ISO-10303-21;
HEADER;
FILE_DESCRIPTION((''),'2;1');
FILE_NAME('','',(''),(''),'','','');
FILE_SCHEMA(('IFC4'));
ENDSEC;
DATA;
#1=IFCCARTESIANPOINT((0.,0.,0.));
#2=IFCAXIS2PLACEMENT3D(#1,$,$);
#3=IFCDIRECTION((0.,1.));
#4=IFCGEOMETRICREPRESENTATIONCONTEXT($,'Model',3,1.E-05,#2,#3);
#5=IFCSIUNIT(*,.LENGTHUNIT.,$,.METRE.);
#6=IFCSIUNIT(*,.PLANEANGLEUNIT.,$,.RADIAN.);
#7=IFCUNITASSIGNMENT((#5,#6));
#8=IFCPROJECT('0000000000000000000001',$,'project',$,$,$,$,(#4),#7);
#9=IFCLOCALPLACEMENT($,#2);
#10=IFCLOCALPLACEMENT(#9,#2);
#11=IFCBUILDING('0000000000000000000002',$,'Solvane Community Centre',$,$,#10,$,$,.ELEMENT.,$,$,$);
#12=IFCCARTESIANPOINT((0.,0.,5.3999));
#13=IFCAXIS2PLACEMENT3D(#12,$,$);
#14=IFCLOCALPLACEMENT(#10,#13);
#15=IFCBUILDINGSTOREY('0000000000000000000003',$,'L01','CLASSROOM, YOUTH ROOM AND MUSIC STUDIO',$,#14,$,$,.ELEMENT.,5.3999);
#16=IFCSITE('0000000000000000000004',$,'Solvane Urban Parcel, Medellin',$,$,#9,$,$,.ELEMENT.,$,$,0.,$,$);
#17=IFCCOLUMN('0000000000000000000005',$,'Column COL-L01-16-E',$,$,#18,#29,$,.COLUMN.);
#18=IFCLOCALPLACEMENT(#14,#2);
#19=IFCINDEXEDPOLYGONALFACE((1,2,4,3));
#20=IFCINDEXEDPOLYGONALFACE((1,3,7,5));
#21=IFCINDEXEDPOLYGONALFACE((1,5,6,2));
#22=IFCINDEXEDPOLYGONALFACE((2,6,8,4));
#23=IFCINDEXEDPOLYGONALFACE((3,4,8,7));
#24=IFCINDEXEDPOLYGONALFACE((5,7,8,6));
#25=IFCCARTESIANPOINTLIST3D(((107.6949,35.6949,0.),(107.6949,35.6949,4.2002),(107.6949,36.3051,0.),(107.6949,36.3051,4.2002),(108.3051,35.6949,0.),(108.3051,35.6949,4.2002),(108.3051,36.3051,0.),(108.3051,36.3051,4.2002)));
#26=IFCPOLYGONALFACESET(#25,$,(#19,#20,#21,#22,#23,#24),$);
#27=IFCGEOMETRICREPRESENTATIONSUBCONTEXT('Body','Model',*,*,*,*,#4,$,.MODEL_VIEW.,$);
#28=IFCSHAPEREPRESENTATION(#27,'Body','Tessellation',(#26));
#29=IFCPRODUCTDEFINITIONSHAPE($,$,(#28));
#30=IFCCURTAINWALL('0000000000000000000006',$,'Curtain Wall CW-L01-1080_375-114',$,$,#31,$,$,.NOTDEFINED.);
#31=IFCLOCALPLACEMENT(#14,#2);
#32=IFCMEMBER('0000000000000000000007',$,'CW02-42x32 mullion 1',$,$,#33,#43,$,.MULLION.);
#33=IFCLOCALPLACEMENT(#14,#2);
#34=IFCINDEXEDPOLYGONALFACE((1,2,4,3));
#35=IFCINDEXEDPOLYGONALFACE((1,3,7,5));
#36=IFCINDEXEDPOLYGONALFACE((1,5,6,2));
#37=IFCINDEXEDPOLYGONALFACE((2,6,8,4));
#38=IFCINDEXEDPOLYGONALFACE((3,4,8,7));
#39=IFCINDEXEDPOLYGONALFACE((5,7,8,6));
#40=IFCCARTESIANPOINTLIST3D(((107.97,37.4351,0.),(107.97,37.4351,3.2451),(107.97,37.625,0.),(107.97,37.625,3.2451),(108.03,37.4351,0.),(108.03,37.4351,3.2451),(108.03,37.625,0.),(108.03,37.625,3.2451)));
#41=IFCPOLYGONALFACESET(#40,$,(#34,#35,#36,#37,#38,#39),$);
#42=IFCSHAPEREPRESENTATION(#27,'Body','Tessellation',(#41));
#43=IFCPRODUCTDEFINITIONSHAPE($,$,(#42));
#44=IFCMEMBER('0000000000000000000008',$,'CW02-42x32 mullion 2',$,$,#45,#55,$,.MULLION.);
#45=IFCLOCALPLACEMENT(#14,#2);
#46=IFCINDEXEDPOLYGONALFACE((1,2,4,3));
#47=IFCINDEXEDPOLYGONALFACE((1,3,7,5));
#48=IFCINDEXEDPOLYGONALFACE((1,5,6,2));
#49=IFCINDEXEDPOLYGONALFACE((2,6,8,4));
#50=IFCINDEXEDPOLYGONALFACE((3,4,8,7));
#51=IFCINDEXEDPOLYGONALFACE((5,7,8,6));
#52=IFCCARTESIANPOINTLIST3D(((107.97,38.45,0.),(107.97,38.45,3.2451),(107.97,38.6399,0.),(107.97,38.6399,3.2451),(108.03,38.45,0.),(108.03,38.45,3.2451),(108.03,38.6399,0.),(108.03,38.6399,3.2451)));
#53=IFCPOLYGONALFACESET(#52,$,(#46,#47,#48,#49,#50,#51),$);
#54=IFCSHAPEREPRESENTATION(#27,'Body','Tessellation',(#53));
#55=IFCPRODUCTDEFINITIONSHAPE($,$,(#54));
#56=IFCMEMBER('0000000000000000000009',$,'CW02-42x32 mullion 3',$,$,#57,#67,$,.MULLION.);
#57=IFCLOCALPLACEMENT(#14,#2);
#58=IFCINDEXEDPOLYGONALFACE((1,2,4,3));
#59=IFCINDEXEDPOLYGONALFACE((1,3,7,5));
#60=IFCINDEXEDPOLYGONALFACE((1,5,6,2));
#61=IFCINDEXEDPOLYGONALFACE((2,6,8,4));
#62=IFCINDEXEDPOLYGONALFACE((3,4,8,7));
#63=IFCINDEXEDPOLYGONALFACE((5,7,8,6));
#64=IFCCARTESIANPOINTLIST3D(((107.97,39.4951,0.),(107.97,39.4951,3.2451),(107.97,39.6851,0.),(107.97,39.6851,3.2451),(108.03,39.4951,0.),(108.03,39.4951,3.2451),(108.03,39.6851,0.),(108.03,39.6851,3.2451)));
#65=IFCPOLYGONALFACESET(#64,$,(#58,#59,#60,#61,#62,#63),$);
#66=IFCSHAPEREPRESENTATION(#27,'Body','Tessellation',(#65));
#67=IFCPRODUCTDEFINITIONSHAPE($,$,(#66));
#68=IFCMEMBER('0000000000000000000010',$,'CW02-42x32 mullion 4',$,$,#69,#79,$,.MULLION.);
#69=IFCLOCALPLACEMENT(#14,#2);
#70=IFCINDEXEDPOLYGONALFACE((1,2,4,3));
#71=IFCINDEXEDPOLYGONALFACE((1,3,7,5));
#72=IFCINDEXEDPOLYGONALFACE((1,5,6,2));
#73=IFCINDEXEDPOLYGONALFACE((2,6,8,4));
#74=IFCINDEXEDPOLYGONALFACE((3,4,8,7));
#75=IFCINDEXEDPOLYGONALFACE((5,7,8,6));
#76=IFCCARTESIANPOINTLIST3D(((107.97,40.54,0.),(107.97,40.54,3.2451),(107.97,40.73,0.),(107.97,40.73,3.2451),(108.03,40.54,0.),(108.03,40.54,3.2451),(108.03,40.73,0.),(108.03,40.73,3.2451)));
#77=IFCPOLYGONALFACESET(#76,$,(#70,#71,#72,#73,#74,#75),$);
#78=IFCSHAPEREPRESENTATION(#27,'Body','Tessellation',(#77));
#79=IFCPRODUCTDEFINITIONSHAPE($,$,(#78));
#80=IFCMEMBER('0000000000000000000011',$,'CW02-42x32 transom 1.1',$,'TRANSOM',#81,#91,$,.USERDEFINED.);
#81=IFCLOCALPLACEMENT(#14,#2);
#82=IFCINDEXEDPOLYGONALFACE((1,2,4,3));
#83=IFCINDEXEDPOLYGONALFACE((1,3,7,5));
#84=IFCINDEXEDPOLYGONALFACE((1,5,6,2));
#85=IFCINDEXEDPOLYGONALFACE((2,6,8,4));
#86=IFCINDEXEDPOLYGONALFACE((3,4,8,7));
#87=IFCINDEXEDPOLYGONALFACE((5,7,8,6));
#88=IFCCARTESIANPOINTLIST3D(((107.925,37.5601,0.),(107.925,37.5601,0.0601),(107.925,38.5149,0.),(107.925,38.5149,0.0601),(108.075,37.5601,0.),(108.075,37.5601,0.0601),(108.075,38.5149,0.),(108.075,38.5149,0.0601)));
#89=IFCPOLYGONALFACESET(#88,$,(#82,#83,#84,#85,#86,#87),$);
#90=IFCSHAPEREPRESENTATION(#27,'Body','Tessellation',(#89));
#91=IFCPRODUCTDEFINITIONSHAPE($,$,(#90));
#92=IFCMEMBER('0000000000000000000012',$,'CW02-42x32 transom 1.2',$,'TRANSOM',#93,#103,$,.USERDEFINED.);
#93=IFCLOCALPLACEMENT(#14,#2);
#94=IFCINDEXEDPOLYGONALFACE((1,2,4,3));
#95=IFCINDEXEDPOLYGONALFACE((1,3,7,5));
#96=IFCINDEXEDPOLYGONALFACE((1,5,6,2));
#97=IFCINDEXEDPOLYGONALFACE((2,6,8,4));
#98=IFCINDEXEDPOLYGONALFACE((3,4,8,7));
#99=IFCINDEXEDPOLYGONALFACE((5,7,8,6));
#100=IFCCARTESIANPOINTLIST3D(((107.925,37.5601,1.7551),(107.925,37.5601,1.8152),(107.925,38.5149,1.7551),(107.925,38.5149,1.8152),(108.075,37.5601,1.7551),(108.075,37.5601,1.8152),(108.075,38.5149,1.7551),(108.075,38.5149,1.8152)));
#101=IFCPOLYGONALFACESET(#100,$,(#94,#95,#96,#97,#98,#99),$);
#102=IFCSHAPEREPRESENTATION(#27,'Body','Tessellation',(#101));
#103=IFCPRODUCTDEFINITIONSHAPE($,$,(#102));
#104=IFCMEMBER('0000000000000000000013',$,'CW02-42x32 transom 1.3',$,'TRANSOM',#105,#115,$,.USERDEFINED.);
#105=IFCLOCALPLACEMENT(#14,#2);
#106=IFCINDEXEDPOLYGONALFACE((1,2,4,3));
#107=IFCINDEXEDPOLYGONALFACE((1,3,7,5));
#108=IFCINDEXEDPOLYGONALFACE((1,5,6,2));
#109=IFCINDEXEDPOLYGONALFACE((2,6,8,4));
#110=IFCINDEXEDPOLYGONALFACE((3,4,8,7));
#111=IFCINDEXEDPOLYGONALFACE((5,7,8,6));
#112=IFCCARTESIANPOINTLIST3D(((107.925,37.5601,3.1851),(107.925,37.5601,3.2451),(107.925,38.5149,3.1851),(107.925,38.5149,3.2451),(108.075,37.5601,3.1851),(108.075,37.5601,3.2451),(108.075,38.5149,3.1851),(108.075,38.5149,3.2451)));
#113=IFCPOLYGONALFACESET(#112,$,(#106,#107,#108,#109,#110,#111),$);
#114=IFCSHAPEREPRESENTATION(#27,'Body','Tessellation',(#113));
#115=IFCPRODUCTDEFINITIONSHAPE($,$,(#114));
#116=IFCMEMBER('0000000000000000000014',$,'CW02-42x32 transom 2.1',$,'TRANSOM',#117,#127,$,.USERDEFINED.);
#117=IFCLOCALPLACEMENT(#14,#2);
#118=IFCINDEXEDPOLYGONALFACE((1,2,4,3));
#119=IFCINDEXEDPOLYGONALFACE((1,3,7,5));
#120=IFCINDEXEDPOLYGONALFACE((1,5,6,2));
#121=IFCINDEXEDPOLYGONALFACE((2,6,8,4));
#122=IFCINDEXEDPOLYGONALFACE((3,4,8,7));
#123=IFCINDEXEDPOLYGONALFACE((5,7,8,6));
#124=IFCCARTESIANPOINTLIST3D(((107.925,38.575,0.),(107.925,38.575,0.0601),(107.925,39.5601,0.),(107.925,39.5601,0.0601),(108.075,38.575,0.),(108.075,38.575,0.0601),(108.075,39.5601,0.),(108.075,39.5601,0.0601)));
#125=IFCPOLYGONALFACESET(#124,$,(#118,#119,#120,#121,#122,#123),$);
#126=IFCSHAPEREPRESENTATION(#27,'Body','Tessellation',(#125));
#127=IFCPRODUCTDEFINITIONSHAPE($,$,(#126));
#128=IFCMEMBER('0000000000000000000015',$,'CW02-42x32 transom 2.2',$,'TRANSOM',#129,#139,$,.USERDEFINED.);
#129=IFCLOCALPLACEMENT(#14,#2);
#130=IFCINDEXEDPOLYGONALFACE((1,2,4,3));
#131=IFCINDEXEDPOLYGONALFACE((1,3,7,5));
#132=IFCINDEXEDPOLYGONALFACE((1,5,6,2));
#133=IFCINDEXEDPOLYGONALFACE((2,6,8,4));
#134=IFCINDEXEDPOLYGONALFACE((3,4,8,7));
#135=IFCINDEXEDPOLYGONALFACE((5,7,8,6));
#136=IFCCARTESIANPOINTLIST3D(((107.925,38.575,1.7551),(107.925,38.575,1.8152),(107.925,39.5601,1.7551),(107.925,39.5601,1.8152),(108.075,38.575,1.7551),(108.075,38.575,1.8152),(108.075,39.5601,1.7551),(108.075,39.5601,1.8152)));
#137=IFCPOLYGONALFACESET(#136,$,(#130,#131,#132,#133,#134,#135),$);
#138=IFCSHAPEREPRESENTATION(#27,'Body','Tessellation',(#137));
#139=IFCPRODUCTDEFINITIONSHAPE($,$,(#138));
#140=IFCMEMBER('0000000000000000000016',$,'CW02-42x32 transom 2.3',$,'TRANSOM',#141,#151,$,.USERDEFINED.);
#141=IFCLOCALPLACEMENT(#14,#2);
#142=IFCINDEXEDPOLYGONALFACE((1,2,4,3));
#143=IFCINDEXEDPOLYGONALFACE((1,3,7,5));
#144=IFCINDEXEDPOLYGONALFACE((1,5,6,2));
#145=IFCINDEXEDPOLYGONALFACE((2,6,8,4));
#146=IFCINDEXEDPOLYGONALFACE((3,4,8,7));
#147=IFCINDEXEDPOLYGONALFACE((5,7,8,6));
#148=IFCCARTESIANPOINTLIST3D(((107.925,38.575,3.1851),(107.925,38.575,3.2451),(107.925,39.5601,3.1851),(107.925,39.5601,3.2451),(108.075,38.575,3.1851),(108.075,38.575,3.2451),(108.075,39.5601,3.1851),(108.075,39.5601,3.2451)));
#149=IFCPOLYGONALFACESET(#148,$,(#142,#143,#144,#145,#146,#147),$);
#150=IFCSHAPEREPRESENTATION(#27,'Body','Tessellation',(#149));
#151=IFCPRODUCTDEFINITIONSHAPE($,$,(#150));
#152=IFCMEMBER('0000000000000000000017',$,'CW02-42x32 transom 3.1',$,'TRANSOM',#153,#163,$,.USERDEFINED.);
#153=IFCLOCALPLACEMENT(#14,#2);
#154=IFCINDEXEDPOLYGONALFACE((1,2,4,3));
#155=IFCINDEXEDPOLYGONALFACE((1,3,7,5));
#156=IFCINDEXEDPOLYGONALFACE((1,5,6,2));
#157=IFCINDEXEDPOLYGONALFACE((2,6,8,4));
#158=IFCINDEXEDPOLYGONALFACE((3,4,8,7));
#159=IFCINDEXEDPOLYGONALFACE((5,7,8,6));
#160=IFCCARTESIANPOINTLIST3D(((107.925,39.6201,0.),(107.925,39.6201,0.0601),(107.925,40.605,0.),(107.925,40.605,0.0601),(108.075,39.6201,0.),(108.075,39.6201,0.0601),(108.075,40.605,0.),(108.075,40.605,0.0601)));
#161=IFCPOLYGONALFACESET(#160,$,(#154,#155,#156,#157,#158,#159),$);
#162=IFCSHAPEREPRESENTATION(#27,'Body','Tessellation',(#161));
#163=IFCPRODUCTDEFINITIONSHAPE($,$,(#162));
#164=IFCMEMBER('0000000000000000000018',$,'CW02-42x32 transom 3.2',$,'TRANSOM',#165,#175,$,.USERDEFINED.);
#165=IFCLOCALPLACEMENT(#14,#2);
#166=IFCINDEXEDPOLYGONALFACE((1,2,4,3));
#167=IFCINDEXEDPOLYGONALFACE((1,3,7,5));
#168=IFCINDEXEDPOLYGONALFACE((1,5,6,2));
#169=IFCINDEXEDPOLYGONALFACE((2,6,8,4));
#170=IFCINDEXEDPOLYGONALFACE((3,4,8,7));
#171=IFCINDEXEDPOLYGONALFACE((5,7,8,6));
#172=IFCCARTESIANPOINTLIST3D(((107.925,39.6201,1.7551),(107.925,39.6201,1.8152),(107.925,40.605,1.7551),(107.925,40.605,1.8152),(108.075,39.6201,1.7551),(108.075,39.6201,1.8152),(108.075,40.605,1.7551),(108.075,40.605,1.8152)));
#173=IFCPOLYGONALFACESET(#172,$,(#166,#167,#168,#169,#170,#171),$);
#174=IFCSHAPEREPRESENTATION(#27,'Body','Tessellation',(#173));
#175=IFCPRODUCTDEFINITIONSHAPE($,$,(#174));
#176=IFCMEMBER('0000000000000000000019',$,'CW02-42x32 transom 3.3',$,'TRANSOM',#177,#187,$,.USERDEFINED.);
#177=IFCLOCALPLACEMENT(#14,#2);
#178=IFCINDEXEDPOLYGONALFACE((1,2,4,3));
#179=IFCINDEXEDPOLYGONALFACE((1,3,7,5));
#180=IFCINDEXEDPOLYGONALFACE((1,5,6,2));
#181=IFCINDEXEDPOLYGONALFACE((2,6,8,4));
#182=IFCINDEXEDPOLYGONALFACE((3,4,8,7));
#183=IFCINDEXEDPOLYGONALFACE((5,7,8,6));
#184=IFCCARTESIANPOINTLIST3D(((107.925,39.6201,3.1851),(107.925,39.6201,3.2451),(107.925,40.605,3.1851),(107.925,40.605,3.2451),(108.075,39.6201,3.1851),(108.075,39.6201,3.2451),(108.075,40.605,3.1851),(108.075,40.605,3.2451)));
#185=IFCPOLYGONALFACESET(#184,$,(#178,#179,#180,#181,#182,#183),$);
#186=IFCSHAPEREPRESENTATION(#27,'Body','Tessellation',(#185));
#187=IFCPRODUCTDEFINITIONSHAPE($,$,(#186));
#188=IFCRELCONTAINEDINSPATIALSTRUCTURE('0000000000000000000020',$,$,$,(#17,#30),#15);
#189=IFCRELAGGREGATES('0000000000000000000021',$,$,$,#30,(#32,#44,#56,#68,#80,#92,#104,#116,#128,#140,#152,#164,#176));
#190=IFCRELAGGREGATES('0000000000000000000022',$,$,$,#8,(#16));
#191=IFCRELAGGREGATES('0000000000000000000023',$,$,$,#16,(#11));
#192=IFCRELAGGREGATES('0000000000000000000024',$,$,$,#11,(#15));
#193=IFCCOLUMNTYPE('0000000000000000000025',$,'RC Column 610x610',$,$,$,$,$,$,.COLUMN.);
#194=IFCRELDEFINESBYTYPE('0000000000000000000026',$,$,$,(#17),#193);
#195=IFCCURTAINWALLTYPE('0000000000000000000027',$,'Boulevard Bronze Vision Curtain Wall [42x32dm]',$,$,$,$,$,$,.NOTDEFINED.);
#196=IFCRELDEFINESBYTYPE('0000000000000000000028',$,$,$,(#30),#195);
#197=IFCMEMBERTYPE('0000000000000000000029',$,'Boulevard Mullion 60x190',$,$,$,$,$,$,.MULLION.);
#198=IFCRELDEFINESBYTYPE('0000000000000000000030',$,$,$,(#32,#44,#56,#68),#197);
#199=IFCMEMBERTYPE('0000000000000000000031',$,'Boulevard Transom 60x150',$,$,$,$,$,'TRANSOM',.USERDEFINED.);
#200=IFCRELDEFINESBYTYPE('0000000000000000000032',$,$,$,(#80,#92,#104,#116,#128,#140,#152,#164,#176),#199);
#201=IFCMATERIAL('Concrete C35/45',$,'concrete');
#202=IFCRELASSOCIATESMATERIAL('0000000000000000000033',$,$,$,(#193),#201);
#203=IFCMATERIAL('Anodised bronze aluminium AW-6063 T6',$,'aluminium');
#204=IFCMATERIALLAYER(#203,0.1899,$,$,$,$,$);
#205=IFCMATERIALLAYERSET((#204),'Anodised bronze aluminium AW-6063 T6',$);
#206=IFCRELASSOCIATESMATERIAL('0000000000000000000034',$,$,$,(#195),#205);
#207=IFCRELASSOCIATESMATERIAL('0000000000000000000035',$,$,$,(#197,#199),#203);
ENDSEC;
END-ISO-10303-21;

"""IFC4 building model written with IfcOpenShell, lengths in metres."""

from ifc_helpers import new_model, si_unit, direction, frame, origin, origin_2d, place, context, subcontext, project, spatial, rectangle, extrude, material, layer, layer_set, material_profile, profile_set, type_object, element, aggregate, save


model = new_model("IFC4")

# Units and contexts
model_context = context("Model", 3, precision=1e-05, world=origin(), true_north=direction((0.0, 1.0)))
body_context = subcontext(model_context, "Body", "Model", "MODEL_VIEW")
ifc_project = project(units=[si_unit("LENGTHUNIT", "METRE"), si_unit("PLANEANGLEUNIT", "RADIAN")], contexts=[model_context])

# Site, building, storey
site_placement = place(None, origin())
site = spatial("IfcSite", under=ifc_project, at=site_placement, Name="Solvane Urban Parcel, Medellin", CompositionType="ELEMENT", RefElevation=0.0)
building_placement = place(site_placement, origin())
building = spatial("IfcBuilding", under=site, at=building_placement, Name="Solvane Community Centre", CompositionType="ELEMENT")
storey_placement = place(building_placement, frame((0.0, 0.0, 5.3999)))
storey = spatial("IfcBuildingStorey", under=building, at=storey_placement, Name="L01", Description="CLASSROOM, YOUTH ROOM AND MUSIC STUDIO", CompositionType="ELEMENT", Elevation=5.3999)

# Column
ifc_material_1 = material(Name="Concrete C35/45", Category="concrete")
ifc_material_profile_1 = material_profile(ifc_material_1, rectangle(XDim=0.6101, YDim=0.6101, at=origin_2d()), Name="RC 610x610")
ifc_profile_set_1 = profile_set([ifc_material_profile_1], Name="Concrete C35/45")
column_type = type_object("IfcColumnType", Name="RC Column 610x610", PredefinedType="COLUMN", material=ifc_profile_set_1)
column_placement = place(storey_placement, frame((108.0, 36.0, 0.0), z_axis=(0.0, 0.0, 1.0), x_axis=(1.0, 0.0, 0.0)))
element("IfcColumn", 1, at=column_placement, inside=storey, type_object=column_type, Name="Column COL-L01-16-E", PredefinedType="COLUMN", context=body_context, shape_type="SweptSolid", body=[
    extrude(rectangle(XDim=0.6101, YDim=0.6101, at=origin_2d()), origin(), (0.0, 0.0, 1.0), 4.2002),
])

# Curtain wall, members
ifc_material_2 = material(Name="Anodised bronze aluminium AW-6063 T6", Category="aluminium")
ifc_layer_1 = layer(ifc_material_2, 0.1899)
ifc_layer_set_1 = layer_set([ifc_layer_1], Name="Anodised bronze aluminium AW-6063 T6")
curtain_wall_type = type_object("IfcCurtainWallType", Name="Boulevard Bronze Vision Curtain Wall [42x32dm]", PredefinedType="NOTDEFINED", material=ifc_layer_set_1)
curtain_wall_placement = place(storey_placement, origin())
curtain_wall = element("IfcCurtainWall", 2, at=curtain_wall_placement, inside=storey, type_object=curtain_wall_type, Name="Curtain Wall CW-L01-1080_375-114", PredefinedType="NOTDEFINED")
ifc_material_profile_2 = material_profile(ifc_material_2, rectangle(XDim=0.0601, YDim=0.1899, at=origin_2d()), Name="CW-M 60x190")
ifc_profile_set_2 = profile_set([ifc_material_profile_2], Name="Anodised bronze aluminium AW-6063 T6")
member_type_1 = type_object("IfcMemberType", Name="Boulevard Mullion 60x190", PredefinedType="MULLION", material=ifc_profile_set_2)
member_1_placement = place(storey_placement, frame((108.0, 37.53, 0.0), z_axis=(0.0, 0.0, 1.0), x_axis=(-1.0, 0.0, 0.0)))
member_1 = element("IfcMember", 3, at=member_1_placement, type_object=member_type_1, Name="CW02-42x32 mullion 1", PredefinedType="MULLION", context=body_context, shape_type="SweptSolid", body=[
    extrude(rectangle(XDim=0.0601, YDim=0.1899, at=origin_2d()), origin(), (0.0, 0.0, 1.0), 3.2451),
])
member_2_placement = place(storey_placement, frame((108.0, 38.5449, 0.0), z_axis=(0.0, 0.0, 1.0), x_axis=(-1.0, 0.0, 0.0)))
member_2 = element("IfcMember", 4, at=member_2_placement, type_object=member_type_1, Name="CW02-42x32 mullion 2", PredefinedType="MULLION", context=body_context, shape_type="SweptSolid", body=[
    extrude(rectangle(XDim=0.0601, YDim=0.1899, at=origin_2d()), origin(), (0.0, 0.0, 1.0), 3.2451),
])
member_3_placement = place(storey_placement, frame((108.0, 39.5901, 0.0), z_axis=(0.0, 0.0, 1.0), x_axis=(-1.0, 0.0, 0.0)))
member_3 = element("IfcMember", 5, at=member_3_placement, type_object=member_type_1, Name="CW02-42x32 mullion 3", PredefinedType="MULLION", context=body_context, shape_type="SweptSolid", body=[
    extrude(rectangle(XDim=0.0601, YDim=0.1899, at=origin_2d()), origin(), (0.0, 0.0, 1.0), 3.2451),
])
member_4_placement = place(storey_placement, frame((108.0, 40.635, 0.0), z_axis=(0.0, 0.0, 1.0), x_axis=(-1.0, 0.0, 0.0)))
member_4 = element("IfcMember", 6, at=member_4_placement, type_object=member_type_1, Name="CW02-42x32 mullion 4", PredefinedType="MULLION", context=body_context, shape_type="SweptSolid", body=[
    extrude(rectangle(XDim=0.0601, YDim=0.1899, at=origin_2d()), origin(), (0.0, 0.0, 1.0), 3.2451),
])
ifc_material_profile_3 = material_profile(ifc_material_2, rectangle(XDim=0.1499, YDim=0.0601, at=origin_2d()), Name="CW-T 60x150")
ifc_profile_set_3 = profile_set([ifc_material_profile_3], Name="Anodised bronze aluminium AW-6063 T6")
member_type_2 = type_object("IfcMemberType", Name="Boulevard Transom 60x150", ElementType="TRANSOM", PredefinedType="USERDEFINED", material=ifc_profile_set_3)
member_5_placement = place(storey_placement, frame((108.0, 37.5601, 0.03), z_axis=(0.0, 1.0, 0.0), x_axis=(-1.0, 0.0, 0.0)))
member_5 = element("IfcMember", 7, at=member_5_placement, type_object=member_type_2, Name="CW02-42x32 transom 1.1", ObjectType="TRANSOM", PredefinedType="USERDEFINED", context=body_context, shape_type="SweptSolid", body=[
    extrude(rectangle(XDim=0.1499, YDim=0.0601, at=origin_2d()), origin(), (0.0, 0.0, 1.0), 0.9548),
])
member_6_placement = place(storey_placement, frame((108.0, 37.5601, 1.7852), z_axis=(0.0, 1.0, 0.0), x_axis=(-1.0, 0.0, 0.0)))
member_6 = element("IfcMember", 8, at=member_6_placement, type_object=member_type_2, Name="CW02-42x32 transom 1.2", ObjectType="TRANSOM", PredefinedType="USERDEFINED", context=body_context, shape_type="SweptSolid", body=[
    extrude(rectangle(XDim=0.1499, YDim=0.0601, at=origin_2d()), origin(), (0.0, 0.0, 1.0), 0.9548),
])
member_7_placement = place(storey_placement, frame((108.0, 37.5601, 3.2151), z_axis=(0.0, 1.0, 0.0), x_axis=(-1.0, 0.0, 0.0)))
member_7 = element("IfcMember", 9, at=member_7_placement, type_object=member_type_2, Name="CW02-42x32 transom 1.3", ObjectType="TRANSOM", PredefinedType="USERDEFINED", context=body_context, shape_type="SweptSolid", body=[
    extrude(rectangle(XDim=0.1499, YDim=0.0601, at=origin_2d()), origin(), (0.0, 0.0, 1.0), 0.9548),
])
member_8_placement = place(storey_placement, frame((108.0, 38.575, 0.03), z_axis=(0.0, 1.0, 0.0), x_axis=(-1.0, 0.0, 0.0)))
member_8 = element("IfcMember", 10, at=member_8_placement, type_object=member_type_2, Name="CW02-42x32 transom 2.1", ObjectType="TRANSOM", PredefinedType="USERDEFINED", context=body_context, shape_type="SweptSolid", body=[
    extrude(rectangle(XDim=0.1499, YDim=0.0601, at=origin_2d()), origin(), (0.0, 0.0, 1.0), 0.9851),
])
member_9_placement = place(storey_placement, frame((108.0, 38.575, 1.7852), z_axis=(0.0, 1.0, 0.0), x_axis=(-1.0, 0.0, 0.0)))
member_9 = element("IfcMember", 11, at=member_9_placement, type_object=member_type_2, Name="CW02-42x32 transom 2.2", ObjectType="TRANSOM", PredefinedType="USERDEFINED", context=body_context, shape_type="SweptSolid", body=[
    extrude(rectangle(XDim=0.1499, YDim=0.0601, at=origin_2d()), origin(), (0.0, 0.0, 1.0), 0.9851),
])
member_10_placement = place(storey_placement, frame((108.0, 38.575, 3.2151), z_axis=(0.0, 1.0, 0.0), x_axis=(-1.0, 0.0, 0.0)))
member_10 = element("IfcMember", 12, at=member_10_placement, type_object=member_type_2, Name="CW02-42x32 transom 2.3", ObjectType="TRANSOM", PredefinedType="USERDEFINED", context=body_context, shape_type="SweptSolid", body=[
    extrude(rectangle(XDim=0.1499, YDim=0.0601, at=origin_2d()), origin(), (0.0, 0.0, 1.0), 0.9851),
])
member_11_placement = place(storey_placement, frame((108.0, 39.6201, 0.03), z_axis=(0.0, 1.0, 0.0), x_axis=(-1.0, 0.0, 0.0)))
member_11 = element("IfcMember", 13, at=member_11_placement, type_object=member_type_2, Name="CW02-42x32 transom 3.1", ObjectType="TRANSOM", PredefinedType="USERDEFINED", context=body_context, shape_type="SweptSolid", body=[
    extrude(rectangle(XDim=0.1499, YDim=0.0601, at=origin_2d()), origin(), (0.0, 0.0, 1.0), 0.9849),
])
member_12_placement = place(storey_placement, frame((108.0, 39.6201, 1.7852), z_axis=(0.0, 1.0, 0.0), x_axis=(-1.0, 0.0, 0.0)))
member_12 = element("IfcMember", 14, at=member_12_placement, type_object=member_type_2, Name="CW02-42x32 transom 3.2", ObjectType="TRANSOM", PredefinedType="USERDEFINED", context=body_context, shape_type="SweptSolid", body=[
    extrude(rectangle(XDim=0.1499, YDim=0.0601, at=origin_2d()), origin(), (0.0, 0.0, 1.0), 0.9849),
])
member_13_placement = place(storey_placement, frame((108.0, 39.6201, 3.2151), z_axis=(0.0, 1.0, 0.0), x_axis=(-1.0, 0.0, 0.0)))
member_13 = element("IfcMember", 15, at=member_13_placement, type_object=member_type_2, Name="CW02-42x32 transom 3.3", ObjectType="TRANSOM", PredefinedType="USERDEFINED", context=body_context, shape_type="SweptSolid", body=[
    extrude(rectangle(XDim=0.1499, YDim=0.0601, at=origin_2d()), origin(), (0.0, 0.0, 1.0), 0.9849),
])

aggregate(curtain_wall, [member_1, member_2, member_3, member_4, member_5, member_6, member_7, member_8, member_9, member_10, member_11, member_12, member_13])

save(model, "model.ifc")
